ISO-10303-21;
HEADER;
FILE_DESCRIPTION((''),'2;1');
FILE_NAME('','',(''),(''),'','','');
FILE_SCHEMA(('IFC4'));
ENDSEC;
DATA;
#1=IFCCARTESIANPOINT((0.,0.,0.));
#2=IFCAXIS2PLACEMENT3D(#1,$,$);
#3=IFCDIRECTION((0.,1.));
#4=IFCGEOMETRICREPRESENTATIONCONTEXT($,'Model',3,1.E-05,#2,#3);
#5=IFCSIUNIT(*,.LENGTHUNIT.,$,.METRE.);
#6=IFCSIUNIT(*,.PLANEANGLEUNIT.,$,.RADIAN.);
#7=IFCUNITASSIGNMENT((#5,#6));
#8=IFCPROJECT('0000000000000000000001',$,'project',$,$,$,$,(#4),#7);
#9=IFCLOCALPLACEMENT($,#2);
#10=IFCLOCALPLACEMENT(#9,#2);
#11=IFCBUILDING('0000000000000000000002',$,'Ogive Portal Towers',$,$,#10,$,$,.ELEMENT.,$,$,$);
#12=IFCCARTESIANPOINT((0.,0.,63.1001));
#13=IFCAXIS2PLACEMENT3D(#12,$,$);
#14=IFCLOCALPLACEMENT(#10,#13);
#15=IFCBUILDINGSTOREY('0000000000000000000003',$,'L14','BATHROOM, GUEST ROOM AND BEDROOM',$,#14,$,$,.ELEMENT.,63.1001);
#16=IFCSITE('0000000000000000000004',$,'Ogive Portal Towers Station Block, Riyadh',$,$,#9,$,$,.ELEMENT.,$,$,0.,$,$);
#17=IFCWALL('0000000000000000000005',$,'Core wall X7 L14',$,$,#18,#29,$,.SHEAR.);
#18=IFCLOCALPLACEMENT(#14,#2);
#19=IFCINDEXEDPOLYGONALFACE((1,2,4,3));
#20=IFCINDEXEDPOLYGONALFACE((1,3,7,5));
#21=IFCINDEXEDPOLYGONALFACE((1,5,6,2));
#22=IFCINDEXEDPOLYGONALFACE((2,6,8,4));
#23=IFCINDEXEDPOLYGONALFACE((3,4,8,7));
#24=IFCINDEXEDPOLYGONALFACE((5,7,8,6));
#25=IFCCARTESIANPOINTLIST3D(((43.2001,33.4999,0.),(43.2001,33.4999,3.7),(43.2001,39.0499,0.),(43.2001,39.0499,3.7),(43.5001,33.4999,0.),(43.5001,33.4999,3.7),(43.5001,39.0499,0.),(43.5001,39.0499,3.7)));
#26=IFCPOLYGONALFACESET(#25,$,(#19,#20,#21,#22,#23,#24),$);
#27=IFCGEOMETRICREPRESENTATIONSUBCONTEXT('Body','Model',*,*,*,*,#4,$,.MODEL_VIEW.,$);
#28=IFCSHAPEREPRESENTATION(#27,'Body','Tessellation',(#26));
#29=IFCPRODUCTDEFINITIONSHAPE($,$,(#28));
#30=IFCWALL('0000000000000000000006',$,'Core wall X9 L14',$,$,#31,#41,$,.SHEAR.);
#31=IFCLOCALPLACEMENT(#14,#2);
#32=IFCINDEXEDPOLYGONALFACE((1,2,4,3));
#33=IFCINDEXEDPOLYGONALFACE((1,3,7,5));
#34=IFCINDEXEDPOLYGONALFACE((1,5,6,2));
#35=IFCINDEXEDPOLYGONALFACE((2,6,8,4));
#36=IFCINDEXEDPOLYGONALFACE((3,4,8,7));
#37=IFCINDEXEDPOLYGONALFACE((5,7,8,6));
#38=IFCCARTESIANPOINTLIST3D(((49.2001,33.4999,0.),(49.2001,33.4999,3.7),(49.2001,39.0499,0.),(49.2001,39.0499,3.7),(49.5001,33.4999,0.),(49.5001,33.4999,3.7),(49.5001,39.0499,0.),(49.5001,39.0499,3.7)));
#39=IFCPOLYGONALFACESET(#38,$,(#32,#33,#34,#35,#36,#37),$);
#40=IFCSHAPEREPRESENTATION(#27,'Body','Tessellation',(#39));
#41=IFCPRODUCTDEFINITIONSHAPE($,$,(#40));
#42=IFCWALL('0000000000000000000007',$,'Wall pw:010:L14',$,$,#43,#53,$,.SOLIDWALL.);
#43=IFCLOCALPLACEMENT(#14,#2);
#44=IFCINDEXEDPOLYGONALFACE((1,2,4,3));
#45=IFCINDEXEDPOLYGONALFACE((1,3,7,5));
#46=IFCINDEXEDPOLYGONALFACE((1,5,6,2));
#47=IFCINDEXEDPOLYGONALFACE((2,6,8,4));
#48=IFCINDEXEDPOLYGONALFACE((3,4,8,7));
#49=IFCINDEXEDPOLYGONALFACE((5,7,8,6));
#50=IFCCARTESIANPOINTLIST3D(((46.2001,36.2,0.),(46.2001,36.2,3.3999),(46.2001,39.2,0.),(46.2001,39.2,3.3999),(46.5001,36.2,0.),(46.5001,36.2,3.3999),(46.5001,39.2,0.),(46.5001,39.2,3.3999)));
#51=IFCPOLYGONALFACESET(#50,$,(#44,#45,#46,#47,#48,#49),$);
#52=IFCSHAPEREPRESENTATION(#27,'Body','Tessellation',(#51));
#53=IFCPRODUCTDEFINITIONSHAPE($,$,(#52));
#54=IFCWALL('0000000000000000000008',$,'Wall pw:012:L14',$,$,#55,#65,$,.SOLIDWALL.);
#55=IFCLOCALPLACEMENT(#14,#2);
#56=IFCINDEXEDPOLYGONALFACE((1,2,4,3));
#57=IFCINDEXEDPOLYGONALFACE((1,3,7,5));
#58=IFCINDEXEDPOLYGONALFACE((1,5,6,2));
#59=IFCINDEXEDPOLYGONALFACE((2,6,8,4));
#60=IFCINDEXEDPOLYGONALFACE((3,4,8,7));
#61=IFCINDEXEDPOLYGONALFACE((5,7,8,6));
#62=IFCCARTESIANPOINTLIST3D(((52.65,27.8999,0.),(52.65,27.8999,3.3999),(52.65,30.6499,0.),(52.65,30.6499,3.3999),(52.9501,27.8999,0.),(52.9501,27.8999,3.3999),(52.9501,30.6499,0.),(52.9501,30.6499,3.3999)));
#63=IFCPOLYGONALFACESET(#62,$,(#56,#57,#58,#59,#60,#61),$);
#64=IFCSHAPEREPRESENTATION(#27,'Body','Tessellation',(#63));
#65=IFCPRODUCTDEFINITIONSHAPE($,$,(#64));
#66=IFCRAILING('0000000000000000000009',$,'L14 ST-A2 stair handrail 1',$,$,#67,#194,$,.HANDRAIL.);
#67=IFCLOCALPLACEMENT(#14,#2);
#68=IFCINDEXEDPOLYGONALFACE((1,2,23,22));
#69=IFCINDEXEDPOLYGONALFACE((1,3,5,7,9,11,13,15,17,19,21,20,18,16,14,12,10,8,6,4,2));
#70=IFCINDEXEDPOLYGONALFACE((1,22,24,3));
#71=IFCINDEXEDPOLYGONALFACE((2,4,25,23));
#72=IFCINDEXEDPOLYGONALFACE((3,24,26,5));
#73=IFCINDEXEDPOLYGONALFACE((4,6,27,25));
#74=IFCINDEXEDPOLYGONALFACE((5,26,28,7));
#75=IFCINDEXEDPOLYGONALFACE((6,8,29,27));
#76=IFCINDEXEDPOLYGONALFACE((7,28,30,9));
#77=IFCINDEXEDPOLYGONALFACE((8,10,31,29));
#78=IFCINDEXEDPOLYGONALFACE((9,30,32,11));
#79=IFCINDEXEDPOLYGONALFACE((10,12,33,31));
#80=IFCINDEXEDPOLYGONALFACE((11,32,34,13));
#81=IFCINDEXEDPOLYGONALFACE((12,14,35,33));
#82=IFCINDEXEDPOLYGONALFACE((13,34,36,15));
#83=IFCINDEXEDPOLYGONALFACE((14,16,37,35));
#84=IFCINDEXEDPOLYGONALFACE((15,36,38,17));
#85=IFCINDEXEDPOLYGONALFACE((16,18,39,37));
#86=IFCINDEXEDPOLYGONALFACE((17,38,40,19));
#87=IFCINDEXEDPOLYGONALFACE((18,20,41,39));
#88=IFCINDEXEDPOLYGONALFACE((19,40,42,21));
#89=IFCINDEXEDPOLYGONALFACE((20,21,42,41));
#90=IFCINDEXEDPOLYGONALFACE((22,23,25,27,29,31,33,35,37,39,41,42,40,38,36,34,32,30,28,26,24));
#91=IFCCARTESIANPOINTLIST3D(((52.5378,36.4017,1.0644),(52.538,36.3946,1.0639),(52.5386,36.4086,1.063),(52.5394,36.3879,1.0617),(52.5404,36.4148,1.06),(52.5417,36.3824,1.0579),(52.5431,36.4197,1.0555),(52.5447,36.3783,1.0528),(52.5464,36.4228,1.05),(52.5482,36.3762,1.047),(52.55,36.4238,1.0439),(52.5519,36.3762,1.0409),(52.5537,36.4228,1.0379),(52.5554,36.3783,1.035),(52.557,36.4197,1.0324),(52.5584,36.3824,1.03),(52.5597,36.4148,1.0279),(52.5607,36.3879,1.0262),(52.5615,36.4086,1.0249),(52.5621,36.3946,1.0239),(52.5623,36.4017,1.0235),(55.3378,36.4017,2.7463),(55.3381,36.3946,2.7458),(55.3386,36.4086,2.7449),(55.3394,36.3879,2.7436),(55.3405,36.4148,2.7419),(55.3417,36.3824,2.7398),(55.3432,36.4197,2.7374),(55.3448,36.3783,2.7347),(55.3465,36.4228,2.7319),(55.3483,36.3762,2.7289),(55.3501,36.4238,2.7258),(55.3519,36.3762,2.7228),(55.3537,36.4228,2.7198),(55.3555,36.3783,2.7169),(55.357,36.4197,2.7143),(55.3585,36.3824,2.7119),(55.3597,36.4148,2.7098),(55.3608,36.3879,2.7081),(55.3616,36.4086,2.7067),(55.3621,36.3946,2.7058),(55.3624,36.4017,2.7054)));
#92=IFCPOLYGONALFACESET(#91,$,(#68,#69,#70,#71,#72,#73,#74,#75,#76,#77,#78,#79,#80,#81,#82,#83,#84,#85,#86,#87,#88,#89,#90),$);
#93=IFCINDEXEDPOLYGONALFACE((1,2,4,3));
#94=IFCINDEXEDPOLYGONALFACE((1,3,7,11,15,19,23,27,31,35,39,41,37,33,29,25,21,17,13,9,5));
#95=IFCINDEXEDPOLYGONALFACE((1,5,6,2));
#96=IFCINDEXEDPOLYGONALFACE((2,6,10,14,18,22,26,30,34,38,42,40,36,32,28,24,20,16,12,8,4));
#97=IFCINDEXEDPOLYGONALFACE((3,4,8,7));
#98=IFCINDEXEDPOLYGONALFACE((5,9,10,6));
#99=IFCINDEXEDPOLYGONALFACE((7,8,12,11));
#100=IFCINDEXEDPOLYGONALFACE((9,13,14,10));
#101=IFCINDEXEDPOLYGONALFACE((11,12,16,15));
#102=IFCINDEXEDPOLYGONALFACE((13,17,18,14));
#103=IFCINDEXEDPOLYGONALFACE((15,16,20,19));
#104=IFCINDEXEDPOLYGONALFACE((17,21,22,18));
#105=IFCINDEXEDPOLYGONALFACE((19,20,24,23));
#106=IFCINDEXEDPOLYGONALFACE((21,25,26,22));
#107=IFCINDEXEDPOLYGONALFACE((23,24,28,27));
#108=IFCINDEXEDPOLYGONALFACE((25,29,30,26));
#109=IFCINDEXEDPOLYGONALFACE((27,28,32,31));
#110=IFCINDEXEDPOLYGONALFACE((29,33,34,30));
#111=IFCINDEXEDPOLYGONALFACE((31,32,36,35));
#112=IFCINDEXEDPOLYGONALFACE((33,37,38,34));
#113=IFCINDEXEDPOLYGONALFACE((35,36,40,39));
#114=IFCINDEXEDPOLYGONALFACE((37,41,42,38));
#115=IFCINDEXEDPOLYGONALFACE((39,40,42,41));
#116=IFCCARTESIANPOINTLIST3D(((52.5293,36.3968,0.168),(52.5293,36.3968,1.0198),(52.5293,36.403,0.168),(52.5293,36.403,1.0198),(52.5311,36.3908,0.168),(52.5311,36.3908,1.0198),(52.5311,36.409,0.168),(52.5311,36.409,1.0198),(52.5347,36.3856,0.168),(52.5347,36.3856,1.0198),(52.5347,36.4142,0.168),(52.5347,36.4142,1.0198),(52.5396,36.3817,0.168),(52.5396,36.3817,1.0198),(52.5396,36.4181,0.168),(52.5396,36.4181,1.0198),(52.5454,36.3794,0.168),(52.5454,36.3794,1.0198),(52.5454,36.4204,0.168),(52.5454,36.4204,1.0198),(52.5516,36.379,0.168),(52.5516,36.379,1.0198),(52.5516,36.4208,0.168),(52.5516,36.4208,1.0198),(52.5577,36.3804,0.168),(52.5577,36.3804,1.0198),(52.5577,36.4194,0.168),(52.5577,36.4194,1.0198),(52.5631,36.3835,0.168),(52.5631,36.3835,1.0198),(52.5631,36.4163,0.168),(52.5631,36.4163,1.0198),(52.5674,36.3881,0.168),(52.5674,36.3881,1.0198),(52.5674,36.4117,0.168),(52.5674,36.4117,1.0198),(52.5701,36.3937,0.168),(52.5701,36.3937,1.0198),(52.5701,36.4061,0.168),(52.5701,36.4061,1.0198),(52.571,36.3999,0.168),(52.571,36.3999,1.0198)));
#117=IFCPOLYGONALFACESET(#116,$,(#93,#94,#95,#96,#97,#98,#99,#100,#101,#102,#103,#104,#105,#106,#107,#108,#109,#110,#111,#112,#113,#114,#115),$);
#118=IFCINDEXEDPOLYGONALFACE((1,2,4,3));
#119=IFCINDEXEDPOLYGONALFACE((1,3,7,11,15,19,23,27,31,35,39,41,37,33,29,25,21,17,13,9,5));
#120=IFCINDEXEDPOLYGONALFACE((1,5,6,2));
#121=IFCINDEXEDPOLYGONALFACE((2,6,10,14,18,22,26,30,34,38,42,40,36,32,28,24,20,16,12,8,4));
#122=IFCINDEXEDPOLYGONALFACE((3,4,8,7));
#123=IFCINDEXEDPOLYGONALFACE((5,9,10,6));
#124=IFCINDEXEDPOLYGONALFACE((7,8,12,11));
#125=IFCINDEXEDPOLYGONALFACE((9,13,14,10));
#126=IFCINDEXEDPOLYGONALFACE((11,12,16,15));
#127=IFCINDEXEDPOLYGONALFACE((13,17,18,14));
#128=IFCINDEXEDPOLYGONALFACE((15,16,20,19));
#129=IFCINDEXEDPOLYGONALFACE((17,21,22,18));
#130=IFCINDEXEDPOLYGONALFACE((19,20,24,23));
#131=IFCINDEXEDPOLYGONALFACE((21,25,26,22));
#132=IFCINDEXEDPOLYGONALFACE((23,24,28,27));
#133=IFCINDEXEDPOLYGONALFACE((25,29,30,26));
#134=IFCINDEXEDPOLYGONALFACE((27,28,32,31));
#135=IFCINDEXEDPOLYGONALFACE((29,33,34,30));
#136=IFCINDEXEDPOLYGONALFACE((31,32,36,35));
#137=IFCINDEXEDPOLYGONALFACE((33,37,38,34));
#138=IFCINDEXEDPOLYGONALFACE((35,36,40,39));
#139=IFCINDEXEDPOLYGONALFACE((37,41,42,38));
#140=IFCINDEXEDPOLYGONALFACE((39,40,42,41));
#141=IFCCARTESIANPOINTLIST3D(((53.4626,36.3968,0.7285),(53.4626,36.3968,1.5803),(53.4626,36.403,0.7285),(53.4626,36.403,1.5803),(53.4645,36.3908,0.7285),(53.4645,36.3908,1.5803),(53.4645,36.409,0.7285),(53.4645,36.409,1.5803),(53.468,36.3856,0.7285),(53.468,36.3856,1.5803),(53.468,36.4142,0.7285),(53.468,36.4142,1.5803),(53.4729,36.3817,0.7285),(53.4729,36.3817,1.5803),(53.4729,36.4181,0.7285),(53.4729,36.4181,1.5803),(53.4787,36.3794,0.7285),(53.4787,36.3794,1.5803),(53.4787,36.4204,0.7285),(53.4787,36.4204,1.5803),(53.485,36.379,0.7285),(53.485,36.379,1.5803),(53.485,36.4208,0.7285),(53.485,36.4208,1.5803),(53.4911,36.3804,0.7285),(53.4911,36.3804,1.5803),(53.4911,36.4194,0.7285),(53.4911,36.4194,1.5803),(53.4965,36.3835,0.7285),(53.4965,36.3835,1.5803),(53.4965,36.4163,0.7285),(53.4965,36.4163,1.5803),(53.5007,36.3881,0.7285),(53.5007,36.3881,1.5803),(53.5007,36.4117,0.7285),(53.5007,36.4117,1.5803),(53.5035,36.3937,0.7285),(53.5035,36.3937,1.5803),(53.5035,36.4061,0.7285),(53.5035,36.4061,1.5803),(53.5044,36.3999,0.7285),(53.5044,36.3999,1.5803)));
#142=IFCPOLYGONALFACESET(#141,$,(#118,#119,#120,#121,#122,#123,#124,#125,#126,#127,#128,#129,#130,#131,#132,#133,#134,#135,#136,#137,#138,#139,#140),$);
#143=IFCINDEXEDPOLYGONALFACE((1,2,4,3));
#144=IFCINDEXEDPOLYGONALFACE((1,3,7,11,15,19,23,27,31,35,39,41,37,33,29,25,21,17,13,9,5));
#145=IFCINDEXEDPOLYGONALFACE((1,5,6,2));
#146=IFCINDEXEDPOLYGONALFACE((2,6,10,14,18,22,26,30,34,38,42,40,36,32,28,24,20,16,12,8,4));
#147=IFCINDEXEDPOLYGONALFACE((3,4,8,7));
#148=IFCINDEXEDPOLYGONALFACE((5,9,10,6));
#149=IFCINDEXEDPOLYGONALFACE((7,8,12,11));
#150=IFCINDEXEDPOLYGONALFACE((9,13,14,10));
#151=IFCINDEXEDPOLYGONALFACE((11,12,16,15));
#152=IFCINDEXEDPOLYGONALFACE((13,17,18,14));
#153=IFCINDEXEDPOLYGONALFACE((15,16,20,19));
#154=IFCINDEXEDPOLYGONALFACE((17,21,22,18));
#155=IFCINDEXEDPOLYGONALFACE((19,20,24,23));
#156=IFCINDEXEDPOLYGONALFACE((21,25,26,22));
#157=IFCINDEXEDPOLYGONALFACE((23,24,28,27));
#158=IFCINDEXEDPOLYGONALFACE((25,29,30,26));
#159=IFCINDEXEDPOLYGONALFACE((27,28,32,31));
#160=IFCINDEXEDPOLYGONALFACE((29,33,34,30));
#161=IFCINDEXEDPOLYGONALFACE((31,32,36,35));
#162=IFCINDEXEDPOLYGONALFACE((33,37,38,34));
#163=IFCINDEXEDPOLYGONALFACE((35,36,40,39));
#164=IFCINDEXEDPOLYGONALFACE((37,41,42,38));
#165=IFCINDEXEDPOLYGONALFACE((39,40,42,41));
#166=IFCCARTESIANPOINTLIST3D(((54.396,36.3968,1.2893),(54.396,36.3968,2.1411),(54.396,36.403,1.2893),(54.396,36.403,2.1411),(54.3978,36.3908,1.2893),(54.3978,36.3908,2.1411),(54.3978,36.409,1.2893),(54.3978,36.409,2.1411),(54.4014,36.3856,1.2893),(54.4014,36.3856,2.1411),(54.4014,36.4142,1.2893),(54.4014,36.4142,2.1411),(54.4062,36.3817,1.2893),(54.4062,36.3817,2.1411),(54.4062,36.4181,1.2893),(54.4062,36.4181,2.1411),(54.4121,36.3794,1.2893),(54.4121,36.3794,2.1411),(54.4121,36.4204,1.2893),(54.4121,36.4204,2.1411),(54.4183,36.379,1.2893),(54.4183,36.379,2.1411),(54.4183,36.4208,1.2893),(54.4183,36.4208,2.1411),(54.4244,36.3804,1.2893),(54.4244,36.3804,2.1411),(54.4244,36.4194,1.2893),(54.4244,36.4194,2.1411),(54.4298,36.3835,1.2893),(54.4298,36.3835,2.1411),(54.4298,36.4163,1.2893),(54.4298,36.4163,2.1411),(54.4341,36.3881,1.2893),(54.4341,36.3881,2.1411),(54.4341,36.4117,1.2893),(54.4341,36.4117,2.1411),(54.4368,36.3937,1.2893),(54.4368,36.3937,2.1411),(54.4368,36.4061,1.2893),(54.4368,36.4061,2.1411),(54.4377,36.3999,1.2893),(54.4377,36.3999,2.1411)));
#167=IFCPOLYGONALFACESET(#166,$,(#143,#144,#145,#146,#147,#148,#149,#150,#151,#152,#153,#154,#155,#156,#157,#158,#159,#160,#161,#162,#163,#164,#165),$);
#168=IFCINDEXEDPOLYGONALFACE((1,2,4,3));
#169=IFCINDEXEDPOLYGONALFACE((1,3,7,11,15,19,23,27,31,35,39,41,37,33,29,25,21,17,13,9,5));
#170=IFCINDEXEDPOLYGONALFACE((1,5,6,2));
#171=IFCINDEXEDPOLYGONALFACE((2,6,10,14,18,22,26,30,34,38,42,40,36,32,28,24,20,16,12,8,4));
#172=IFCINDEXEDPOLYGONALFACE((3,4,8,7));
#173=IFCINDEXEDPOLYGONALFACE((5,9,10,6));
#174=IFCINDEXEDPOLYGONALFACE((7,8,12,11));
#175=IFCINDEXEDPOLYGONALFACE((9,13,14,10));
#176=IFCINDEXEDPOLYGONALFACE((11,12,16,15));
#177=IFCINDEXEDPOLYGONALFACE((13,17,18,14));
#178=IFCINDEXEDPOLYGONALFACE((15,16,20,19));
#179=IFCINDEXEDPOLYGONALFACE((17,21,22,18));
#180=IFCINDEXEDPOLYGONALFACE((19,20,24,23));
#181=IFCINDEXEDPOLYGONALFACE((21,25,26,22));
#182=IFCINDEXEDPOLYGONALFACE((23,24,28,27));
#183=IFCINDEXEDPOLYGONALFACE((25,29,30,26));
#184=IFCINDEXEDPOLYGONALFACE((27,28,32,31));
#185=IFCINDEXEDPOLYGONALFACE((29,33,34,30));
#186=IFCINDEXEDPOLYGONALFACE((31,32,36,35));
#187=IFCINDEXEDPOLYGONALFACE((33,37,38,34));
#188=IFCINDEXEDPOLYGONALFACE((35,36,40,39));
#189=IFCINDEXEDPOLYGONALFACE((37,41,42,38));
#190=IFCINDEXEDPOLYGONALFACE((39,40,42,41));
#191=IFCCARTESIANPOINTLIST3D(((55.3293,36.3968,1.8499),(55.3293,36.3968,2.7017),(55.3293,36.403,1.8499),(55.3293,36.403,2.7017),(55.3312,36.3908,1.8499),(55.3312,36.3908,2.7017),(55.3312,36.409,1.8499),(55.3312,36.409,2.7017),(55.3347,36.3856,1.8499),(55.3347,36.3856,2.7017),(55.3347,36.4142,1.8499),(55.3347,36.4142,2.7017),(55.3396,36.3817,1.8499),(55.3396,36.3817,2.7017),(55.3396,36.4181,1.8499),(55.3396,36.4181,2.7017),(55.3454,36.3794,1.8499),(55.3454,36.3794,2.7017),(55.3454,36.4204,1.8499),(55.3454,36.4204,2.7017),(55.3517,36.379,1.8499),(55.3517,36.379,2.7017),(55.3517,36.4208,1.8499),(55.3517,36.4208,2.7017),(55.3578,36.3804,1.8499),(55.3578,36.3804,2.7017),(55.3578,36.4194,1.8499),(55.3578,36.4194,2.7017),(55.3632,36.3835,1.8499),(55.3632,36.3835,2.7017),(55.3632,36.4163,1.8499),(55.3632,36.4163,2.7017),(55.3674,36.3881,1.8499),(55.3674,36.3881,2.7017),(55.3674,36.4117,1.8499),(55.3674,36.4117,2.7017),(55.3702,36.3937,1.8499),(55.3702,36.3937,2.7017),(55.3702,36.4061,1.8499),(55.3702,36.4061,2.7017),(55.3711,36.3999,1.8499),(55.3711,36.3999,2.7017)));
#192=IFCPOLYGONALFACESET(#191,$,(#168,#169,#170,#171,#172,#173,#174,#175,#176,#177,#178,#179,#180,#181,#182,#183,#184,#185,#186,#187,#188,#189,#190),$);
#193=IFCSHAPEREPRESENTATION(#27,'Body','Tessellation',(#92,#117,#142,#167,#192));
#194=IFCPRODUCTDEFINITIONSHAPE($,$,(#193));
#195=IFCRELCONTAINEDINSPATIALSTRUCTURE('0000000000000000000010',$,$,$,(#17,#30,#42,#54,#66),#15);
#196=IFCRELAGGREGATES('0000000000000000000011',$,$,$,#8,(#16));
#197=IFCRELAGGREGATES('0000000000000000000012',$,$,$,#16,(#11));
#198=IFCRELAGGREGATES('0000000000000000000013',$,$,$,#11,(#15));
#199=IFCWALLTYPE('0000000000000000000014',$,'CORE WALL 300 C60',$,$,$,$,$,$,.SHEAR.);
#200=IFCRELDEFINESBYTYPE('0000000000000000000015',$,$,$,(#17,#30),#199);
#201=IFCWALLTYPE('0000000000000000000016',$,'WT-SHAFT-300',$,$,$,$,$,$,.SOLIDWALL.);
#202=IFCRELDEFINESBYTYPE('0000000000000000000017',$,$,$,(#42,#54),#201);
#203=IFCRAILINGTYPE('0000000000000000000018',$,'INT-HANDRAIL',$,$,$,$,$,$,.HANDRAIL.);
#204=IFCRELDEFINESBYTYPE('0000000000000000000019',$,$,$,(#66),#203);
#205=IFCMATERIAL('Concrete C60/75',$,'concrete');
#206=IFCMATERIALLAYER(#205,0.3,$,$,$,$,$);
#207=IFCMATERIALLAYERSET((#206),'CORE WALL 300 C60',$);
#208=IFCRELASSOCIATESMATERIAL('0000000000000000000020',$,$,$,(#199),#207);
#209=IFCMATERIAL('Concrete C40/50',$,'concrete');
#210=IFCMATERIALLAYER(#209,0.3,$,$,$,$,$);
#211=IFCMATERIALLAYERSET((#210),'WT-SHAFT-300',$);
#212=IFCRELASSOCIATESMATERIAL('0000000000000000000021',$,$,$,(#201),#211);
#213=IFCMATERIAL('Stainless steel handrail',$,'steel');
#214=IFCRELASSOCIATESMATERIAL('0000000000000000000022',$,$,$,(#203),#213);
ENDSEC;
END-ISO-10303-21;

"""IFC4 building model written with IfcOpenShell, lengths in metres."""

from ifc_helpers import new_model, si_unit, direction, frame, frame_2d, origin, origin_2d, place, context, subcontext, project, spatial, rectangle, circle, extrude, material, layer, layer_set, type_object, element, save


model = new_model("IFC4")

# Units and contexts
model_context = context("Model", 3, precision=1e-05, world=origin(), true_north=direction((0.0, 1.0)))
body_context = subcontext(model_context, "Body", "Model", "MODEL_VIEW")
ifc_project = project(units=[si_unit("LENGTHUNIT", "METRE"), si_unit("PLANEANGLEUNIT", "RADIAN")], contexts=[model_context])

# Site, building, storey
site_placement = place(None, origin())
site = spatial("IfcSite", under=ifc_project, at=site_placement, Name="Ogive Portal Towers Station Block, Riyadh", CompositionType="ELEMENT", RefElevation=0.0)
building_placement = place(site_placement, origin())
building = spatial("IfcBuilding", under=site, at=building_placement, Name="Ogive Portal Towers", CompositionType="ELEMENT")
storey_placement = place(building_placement, frame((0.0, 0.0, 63.1001)))
storey = spatial("IfcBuildingStorey", under=building, at=storey_placement, Name="L14", Description="BATHROOM, GUEST ROOM AND BEDROOM", CompositionType="ELEMENT", Elevation=63.1001)

# Shared definitions
ifc_material_1 = material(Name="Concrete C60/75", Category="concrete")
ifc_layer_1 = layer(ifc_material_1, 0.3)
ifc_layer_set_1 = layer_set([ifc_layer_1], Name="CORE WALL 300 C60")
wall_type_1 = type_object("IfcWallType", Name="CORE WALL 300 C60", PredefinedType="SHEAR", material=ifc_layer_set_1)

# Walls
for number, where, z_axis, x_axis, name in (
    (1, (43.3501, 33.5, 0.0), (0.0, 0.0, 1.0), (0.0, 1.0, 0.0), "Core wall X7 L14"),
    (2, (49.3501, 33.5, 0.0), (0.0, 0.0, 1.0), (0.0, 1.0, 0.0), "Core wall X9 L14"),
):
    element("IfcWall", number, at=place(storey_placement, frame(where, z_axis=z_axis, x_axis=x_axis)), inside=storey, type_object=wall_type_1, Name=name, PredefinedType="SHEAR", context=body_context, shape_type="SweptSolid", body=[
        extrude(rectangle(XDim=5.55, YDim=0.3, at=frame_2d((2.7749, 0.0))), origin(), (0.0, 0.0, 1.0), 3.7),
    ])

# Walls
ifc_material_2 = material(Name="Concrete C40/50", Category="concrete")
ifc_layer_2 = layer(ifc_material_2, 0.3)
ifc_layer_set_2 = layer_set([ifc_layer_2], Name="WT-SHAFT-300")
wall_type_2 = type_object("IfcWallType", Name="WT-SHAFT-300", PredefinedType="SOLIDWALL", material=ifc_layer_set_2)
wall_1_placement = place(storey_placement, frame((46.3501, 36.2, 0.0), z_axis=(0.0, 0.0, 1.0), x_axis=(0.0, 1.0, 0.0)))
element("IfcWall", 3, at=wall_1_placement, inside=storey, type_object=wall_type_2, Name="Wall pw:010:L14", PredefinedType="SOLIDWALL", context=body_context, shape_type="SweptSolid", body=[
    extrude(rectangle(XDim=3.0, YDim=0.3, at=frame_2d((1.5, 0.0))), origin(), (0.0, 0.0, 1.0), 3.3999),
])
wall_2_placement = place(storey_placement, frame((52.8, 27.8999, 0.0), z_axis=(0.0, 0.0, 1.0), x_axis=(0.0, 1.0, 0.0)))
element("IfcWall", 4, at=wall_2_placement, inside=storey, type_object=wall_type_2, Name="Wall pw:012:L14", PredefinedType="SOLIDWALL", context=body_context, shape_type="SweptSolid", body=[
    extrude(rectangle(XDim=2.75, YDim=0.3, at=frame_2d((1.375, 0.0))), origin(), (0.0, 0.0, 1.0), 3.3999),
])

# Railing
ifc_material_3 = material(Name="Stainless steel handrail", Category="steel")
railing_type = type_object("IfcRailingType", Name="INT-HANDRAIL", PredefinedType="HANDRAIL", material=ifc_material_3)
railing_placement = place(storey_placement, frame((52.55, 36.3999, 0.168)))
element("IfcRailing", 5, at=railing_placement, inside=storey, type_object=railing_type, Name="L14 ST-A2 stair handrail 1", PredefinedType="HANDRAIL", context=body_context, shape_type="SweptSolid", body=[
    extrude(circle(Radius=0.0239, at=origin_2d()), frame((0.0, 0.0, 0.876), z_axis=(0.857242, 0.0, 0.514913), x_axis=(0.0, 1.0, 0.0)), (0.0, 0.0, 1.0), 3.2664),
    extrude(circle(Radius=0.021, at=origin_2d()), origin(), (0.0, 0.0, 1.0), 0.8518),
    extrude(circle(Radius=0.021, at=origin_2d()), frame((0.9333, 0.0, 0.5605)), (0.0, 0.0, 1.0), 0.8518),
    extrude(circle(Radius=0.021, at=origin_2d()), frame((1.8667, 0.0, 1.1213)), (0.0, 0.0, 1.0), 0.8518),
    extrude(circle(Radius=0.021, at=origin_2d()), frame((2.8, 0.0, 1.6819)), (0.0, 0.0, 1.0), 0.8518),
])

save(model, "model.ifc")
